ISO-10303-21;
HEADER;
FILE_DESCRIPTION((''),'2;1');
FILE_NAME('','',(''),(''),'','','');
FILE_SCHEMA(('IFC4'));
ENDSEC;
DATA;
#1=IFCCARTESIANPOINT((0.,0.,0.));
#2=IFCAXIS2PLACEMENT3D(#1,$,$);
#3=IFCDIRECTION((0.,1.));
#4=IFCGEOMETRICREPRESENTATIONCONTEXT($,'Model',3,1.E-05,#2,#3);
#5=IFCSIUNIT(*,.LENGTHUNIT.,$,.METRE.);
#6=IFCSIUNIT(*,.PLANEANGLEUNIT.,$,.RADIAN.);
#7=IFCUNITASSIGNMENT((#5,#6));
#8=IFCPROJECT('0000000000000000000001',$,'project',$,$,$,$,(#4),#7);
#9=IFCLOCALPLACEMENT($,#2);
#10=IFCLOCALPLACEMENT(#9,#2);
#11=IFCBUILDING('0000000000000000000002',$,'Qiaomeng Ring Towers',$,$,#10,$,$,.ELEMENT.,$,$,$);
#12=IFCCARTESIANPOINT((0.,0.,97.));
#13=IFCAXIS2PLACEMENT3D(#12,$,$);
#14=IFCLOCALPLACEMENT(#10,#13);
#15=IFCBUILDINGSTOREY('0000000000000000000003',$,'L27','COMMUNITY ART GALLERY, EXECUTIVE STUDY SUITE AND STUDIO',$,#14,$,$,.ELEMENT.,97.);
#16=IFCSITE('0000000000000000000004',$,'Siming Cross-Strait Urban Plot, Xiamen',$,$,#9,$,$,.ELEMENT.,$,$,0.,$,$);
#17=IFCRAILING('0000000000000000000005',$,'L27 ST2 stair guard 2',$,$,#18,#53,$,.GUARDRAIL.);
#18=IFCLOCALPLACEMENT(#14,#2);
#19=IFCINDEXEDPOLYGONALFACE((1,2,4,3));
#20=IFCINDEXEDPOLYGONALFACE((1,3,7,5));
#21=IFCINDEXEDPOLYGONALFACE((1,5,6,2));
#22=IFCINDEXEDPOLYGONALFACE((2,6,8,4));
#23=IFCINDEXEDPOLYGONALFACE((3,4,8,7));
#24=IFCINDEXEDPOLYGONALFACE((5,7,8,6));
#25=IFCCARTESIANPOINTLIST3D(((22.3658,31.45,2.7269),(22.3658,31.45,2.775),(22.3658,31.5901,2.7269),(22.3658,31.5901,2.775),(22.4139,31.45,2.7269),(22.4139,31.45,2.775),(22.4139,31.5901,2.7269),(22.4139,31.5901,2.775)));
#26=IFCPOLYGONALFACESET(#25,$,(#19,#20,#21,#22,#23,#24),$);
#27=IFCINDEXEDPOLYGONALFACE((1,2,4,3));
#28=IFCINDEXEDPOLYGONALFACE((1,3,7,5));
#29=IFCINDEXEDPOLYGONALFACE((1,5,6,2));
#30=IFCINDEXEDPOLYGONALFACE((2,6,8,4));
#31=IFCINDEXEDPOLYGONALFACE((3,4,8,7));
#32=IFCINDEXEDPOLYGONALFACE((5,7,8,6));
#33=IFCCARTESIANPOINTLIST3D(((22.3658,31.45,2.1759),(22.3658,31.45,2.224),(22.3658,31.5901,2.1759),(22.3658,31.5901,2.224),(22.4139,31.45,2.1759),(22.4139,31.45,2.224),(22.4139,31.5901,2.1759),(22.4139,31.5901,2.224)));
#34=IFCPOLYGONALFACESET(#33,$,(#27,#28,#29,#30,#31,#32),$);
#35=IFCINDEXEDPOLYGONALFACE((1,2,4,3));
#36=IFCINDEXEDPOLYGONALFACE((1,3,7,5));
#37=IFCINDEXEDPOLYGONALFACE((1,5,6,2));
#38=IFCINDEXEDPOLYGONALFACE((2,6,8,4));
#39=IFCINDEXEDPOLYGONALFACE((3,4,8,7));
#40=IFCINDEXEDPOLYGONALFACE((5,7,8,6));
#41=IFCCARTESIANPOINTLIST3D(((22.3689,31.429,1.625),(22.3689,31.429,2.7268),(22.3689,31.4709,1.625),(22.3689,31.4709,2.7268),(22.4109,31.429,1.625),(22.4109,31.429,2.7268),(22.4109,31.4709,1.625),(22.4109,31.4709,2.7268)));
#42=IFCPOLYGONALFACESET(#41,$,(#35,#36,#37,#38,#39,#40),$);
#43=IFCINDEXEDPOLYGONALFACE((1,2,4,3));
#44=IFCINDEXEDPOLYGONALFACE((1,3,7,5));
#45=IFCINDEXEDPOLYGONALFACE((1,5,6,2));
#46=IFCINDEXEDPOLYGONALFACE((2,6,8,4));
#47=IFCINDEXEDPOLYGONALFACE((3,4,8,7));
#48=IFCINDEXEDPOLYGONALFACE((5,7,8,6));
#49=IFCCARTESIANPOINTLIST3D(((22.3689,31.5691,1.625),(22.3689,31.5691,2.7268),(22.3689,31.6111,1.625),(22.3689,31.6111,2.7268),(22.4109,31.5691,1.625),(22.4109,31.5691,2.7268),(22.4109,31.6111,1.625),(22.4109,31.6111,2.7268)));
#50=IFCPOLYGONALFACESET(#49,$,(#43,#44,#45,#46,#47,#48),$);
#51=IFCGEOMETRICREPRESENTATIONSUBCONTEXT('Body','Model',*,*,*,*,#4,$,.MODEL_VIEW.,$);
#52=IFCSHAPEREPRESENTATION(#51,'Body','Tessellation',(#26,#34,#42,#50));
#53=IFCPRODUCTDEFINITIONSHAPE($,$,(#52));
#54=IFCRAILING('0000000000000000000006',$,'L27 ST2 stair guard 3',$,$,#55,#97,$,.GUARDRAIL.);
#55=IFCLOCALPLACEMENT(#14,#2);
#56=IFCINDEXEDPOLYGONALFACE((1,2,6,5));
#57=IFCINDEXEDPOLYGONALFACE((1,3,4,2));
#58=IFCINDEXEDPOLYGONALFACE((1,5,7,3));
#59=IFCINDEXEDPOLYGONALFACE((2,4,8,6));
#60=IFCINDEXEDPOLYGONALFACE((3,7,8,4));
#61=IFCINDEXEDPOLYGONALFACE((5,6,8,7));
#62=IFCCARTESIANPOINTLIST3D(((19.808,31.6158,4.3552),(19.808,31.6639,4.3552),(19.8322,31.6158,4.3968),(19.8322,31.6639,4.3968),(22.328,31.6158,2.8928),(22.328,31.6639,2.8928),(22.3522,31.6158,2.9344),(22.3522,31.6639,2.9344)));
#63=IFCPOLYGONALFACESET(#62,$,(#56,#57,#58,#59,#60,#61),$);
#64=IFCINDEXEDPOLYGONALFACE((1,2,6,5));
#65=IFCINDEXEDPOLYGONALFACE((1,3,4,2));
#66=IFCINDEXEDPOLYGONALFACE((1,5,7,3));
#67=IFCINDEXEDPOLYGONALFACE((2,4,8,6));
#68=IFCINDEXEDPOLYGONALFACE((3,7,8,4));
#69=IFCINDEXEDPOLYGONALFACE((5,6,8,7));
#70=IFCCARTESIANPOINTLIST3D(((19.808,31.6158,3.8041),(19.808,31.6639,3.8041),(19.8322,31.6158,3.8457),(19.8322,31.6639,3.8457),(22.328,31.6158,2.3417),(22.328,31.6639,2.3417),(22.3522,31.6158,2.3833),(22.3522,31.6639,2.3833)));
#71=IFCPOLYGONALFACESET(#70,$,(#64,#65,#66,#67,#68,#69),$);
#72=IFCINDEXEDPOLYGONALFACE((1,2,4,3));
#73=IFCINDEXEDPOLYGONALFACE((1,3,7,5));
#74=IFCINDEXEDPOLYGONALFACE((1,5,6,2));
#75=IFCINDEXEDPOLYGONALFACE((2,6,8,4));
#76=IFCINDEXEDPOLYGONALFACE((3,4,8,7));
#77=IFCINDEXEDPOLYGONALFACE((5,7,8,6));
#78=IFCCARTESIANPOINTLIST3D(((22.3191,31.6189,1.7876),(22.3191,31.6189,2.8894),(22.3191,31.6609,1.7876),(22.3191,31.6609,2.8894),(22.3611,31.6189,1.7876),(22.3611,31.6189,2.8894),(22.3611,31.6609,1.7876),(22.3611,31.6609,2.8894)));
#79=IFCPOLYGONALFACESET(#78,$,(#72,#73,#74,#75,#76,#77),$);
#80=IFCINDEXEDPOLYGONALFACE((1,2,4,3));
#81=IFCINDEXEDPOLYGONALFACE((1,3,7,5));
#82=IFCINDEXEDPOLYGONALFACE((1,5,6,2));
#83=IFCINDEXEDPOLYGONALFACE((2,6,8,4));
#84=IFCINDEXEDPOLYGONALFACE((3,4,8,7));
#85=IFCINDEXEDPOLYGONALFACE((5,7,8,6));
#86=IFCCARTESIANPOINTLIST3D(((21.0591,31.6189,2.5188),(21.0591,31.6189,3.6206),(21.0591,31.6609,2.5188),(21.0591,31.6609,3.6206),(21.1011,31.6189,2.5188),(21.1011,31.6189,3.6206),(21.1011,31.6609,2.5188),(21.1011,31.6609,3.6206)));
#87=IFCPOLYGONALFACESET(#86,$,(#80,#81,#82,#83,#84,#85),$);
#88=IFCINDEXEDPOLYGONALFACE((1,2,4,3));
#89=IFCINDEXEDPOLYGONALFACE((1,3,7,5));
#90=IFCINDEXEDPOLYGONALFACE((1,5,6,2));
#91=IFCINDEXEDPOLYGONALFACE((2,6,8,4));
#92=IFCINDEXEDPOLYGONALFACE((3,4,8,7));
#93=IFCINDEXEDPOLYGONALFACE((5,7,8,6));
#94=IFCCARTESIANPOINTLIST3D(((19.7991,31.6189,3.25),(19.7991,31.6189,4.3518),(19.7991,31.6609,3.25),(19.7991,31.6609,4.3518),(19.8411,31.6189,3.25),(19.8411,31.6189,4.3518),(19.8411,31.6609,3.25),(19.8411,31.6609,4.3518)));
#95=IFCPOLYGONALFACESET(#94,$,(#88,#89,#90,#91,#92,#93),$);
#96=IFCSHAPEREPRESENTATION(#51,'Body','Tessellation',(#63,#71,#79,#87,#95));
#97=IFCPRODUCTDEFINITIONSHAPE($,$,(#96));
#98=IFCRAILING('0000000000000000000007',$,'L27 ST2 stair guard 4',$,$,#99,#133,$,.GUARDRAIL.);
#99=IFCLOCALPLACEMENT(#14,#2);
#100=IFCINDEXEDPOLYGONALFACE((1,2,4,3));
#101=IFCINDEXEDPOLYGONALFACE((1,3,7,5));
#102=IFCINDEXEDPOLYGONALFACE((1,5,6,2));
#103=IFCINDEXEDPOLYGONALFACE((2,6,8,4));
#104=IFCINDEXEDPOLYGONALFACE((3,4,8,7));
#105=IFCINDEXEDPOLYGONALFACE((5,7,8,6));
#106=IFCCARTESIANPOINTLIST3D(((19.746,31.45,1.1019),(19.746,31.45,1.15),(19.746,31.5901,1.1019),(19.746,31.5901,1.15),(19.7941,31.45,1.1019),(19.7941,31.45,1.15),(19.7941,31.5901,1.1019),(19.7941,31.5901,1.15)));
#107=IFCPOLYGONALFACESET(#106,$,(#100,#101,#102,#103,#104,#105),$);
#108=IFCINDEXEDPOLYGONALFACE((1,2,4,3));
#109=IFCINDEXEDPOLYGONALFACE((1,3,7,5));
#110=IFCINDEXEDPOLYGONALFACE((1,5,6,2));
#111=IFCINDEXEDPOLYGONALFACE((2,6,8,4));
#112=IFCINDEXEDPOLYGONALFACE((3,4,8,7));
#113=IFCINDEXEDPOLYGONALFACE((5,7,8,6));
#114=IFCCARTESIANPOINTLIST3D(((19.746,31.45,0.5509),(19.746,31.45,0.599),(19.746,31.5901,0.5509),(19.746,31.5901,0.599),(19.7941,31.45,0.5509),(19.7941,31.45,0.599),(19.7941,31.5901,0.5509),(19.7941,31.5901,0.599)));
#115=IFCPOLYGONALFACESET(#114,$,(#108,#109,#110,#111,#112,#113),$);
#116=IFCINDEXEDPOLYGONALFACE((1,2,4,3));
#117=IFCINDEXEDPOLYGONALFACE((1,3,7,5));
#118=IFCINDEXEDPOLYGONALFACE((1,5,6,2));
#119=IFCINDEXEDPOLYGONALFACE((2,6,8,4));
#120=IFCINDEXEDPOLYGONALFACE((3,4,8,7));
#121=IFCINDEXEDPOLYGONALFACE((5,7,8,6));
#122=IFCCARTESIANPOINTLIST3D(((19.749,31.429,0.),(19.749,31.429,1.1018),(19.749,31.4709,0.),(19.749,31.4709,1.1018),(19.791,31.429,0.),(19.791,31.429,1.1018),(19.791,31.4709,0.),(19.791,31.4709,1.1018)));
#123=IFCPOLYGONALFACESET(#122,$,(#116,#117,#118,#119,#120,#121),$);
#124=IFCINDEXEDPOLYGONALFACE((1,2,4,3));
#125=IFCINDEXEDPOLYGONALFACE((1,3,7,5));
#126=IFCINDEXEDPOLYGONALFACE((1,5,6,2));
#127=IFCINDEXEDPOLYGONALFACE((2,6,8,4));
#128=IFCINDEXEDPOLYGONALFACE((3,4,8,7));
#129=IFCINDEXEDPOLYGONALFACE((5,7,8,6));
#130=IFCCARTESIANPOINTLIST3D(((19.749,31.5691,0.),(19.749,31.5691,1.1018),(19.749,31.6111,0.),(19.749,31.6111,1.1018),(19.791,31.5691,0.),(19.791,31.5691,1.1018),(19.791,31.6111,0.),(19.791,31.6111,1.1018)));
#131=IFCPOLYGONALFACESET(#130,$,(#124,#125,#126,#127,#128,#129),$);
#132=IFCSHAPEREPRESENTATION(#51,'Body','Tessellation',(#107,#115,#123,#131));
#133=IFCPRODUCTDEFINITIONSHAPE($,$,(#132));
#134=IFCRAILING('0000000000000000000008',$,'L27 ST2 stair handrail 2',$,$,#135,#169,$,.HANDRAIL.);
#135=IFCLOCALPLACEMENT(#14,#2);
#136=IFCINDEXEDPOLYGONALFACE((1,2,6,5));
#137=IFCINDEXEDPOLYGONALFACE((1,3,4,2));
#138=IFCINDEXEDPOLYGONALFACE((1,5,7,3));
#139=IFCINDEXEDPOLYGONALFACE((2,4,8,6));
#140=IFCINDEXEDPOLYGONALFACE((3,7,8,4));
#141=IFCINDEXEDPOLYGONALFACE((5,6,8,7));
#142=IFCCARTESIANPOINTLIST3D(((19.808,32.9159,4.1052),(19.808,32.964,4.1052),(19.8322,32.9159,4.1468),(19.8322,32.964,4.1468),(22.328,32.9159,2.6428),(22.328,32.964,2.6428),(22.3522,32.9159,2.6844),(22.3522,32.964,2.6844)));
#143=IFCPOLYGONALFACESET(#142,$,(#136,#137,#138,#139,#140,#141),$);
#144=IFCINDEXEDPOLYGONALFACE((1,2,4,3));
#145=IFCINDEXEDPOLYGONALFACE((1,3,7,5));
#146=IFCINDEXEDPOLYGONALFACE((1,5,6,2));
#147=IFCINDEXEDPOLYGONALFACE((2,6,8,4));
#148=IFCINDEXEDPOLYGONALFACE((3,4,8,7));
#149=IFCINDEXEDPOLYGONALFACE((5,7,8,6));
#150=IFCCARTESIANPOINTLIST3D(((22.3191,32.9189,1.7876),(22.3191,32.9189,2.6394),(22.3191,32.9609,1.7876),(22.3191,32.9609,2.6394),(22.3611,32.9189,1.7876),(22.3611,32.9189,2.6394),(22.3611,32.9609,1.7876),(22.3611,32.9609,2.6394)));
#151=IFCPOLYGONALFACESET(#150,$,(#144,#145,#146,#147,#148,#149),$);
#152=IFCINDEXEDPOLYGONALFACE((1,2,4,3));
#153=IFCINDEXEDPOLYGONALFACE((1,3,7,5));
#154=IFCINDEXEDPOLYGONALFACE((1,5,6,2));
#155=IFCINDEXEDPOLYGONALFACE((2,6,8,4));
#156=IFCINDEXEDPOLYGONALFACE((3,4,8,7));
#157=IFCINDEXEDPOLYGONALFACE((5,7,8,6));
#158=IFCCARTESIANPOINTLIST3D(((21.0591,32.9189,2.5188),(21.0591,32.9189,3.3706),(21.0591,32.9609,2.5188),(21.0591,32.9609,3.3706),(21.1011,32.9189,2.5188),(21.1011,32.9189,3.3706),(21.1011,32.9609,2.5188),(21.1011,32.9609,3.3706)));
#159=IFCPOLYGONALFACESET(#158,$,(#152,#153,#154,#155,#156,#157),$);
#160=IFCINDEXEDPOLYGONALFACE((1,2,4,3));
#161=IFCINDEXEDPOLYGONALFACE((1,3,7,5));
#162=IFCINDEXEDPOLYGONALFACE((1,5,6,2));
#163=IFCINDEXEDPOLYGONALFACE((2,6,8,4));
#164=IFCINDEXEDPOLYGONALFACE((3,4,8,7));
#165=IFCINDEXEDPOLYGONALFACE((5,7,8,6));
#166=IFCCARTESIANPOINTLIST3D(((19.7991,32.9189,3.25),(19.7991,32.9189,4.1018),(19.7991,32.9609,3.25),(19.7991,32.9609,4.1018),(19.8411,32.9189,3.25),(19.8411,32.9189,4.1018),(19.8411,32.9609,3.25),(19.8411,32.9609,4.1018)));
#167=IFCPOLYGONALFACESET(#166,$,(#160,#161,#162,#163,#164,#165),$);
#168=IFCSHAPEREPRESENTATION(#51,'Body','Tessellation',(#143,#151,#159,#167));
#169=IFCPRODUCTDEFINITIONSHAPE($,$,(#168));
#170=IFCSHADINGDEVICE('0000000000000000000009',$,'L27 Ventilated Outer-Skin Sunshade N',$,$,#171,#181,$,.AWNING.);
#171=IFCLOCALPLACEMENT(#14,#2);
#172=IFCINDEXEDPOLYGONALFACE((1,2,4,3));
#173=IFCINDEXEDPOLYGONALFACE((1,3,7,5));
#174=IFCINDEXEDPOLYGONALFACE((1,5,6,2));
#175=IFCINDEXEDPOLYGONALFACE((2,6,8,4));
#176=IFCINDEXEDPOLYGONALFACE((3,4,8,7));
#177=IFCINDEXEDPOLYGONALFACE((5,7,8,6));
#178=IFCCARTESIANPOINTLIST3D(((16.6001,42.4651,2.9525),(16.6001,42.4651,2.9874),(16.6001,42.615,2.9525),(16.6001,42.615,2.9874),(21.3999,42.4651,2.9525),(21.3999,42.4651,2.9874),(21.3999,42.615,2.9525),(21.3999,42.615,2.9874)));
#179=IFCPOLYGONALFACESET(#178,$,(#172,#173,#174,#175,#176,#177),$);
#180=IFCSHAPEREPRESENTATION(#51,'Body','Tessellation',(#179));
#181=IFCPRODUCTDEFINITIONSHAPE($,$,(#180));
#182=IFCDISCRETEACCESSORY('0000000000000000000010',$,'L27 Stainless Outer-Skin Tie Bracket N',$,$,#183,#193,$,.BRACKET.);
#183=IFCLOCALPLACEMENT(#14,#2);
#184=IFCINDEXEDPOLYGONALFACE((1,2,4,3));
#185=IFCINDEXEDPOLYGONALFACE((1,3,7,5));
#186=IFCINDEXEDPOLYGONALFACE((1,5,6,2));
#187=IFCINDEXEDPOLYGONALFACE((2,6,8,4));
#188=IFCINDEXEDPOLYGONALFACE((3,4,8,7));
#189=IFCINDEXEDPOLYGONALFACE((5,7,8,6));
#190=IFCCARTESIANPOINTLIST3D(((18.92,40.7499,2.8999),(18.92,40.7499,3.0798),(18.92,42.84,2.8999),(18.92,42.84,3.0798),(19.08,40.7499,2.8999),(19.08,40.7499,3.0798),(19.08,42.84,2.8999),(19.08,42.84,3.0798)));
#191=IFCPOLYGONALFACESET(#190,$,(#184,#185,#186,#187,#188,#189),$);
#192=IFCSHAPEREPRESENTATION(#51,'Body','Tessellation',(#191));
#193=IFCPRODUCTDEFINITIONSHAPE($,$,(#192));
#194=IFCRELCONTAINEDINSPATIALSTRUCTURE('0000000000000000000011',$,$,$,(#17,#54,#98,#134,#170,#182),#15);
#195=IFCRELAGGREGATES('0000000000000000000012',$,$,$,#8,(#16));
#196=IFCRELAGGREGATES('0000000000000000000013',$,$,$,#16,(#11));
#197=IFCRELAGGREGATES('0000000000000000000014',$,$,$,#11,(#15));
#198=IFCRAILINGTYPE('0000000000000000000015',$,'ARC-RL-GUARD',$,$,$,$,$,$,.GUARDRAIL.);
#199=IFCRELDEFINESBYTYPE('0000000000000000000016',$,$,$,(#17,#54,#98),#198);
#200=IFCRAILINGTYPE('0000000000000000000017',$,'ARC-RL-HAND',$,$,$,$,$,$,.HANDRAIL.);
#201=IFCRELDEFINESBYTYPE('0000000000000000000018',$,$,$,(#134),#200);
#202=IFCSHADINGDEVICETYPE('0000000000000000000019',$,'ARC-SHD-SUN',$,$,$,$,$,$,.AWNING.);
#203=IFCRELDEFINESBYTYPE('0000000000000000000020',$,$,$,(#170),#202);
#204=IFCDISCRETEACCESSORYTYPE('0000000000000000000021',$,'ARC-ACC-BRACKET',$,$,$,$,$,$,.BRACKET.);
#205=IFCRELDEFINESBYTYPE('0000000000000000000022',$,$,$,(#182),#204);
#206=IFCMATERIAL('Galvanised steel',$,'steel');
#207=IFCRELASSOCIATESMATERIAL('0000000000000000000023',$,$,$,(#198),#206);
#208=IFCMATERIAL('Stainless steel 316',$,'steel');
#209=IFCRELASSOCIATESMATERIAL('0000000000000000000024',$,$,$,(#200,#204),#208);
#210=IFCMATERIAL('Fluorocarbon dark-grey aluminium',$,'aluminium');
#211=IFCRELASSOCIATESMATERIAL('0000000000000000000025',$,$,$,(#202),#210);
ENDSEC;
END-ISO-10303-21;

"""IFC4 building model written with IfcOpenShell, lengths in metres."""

from ifc_helpers import new_model, si_unit, direction, frame, origin, origin_2d, place, context, subcontext, project, spatial, rectangle, extrude, source, transform, mapped, material, material_profile, profile_set, type_object, element, save


model = new_model("IFC4")

# Units and contexts
model_context = context("Model", 3, precision=1e-05, world=origin(), true_north=direction((0.0, 1.0)))
body_context = subcontext(model_context, "Body", "Model", "MODEL_VIEW")
ifc_project = project(units=[si_unit("LENGTHUNIT", "METRE"), si_unit("PLANEANGLEUNIT", "RADIAN")], contexts=[model_context])

# Site, building, storey
site_placement = place(None, origin())
site = spatial("IfcSite", under=ifc_project, at=site_placement, Name="Siming Cross-Strait Urban Plot, Xiamen", CompositionType="ELEMENT", RefElevation=0.0)
building_placement = place(site_placement, origin())
building = spatial("IfcBuilding", under=site, at=building_placement, Name="Qiaomeng Ring Towers", CompositionType="ELEMENT")
storey_placement = place(building_placement, frame((0.0, 0.0, 97.0)))
storey = spatial("IfcBuildingStorey", under=building, at=storey_placement, Name="L27", Description="COMMUNITY ART GALLERY, EXECUTIVE STUDY SUITE AND STUDIO", CompositionType="ELEMENT", Elevation=97.0)

# Shared definitions
ifc_material_1 = material(Name="Galvanised steel", Category="steel")

# Railings
railing_type_1 = type_object("IfcRailingType", Name="ARC-RL-GUARD", PredefinedType="GUARDRAIL", material=ifc_material_1)
railing_1_placement = place(storey_placement, frame((22.3899, 31.45, 1.625)))
element("IfcRailing", 1, at=railing_1_placement, inside=storey, type_object=railing_type_1, Name="L27 ST2 stair guard 2", PredefinedType="GUARDRAIL", context=body_context, shape_type="SweptSolid", body=[
    extrude(rectangle(XDim=0.0481, YDim=0.0481, at=origin_2d()), frame((0.0, 0.0, 1.126), z_axis=(0.0, 1.0, 0.0), x_axis=(-1.0, 0.0, 0.0)), (0.0, 0.0, 1.0), 0.1401),
    extrude(rectangle(XDim=0.0481, YDim=0.0481, at=origin_2d()), frame((0.0, 0.0, 0.575), z_axis=(0.0, 1.0, 0.0), x_axis=(-1.0, 0.0, 0.0)), (0.0, 0.0, 1.0), 0.1401),
    extrude(rectangle(XDim=0.042, YDim=0.042, at=origin_2d()), origin(), (0.0, 0.0, 1.0), 1.1018),
    extrude(rectangle(XDim=0.042, YDim=0.042, at=origin_2d()), frame((0.0, 0.1401, 0.0)), (0.0, 0.0, 1.0), 1.1018),
])
railing_2_placement = place(storey_placement, frame((22.3401, 31.6399, 1.7876)))
element("IfcRailing", 2, at=railing_2_placement, inside=storey, type_object=railing_type_1, Name="L27 ST2 stair guard 3", PredefinedType="GUARDRAIL", context=body_context, shape_type="SweptSolid", body=[
    extrude(rectangle(XDim=0.0481, YDim=0.0481, at=origin_2d()), frame((0.0, 0.0, 1.126), z_axis=(-0.864913, 0.0, 0.501921), x_axis=(0.0, -1.0, 0.0)), (0.0, 0.0, 1.0), 2.9136),
    extrude(rectangle(XDim=0.0481, YDim=0.0481, at=origin_2d()), frame((0.0, 0.0, 0.575), z_axis=(-0.864913, 0.0, 0.501921), x_axis=(0.0, -1.0, 0.0)), (0.0, 0.0, 1.0), 2.9136),
    extrude(rectangle(XDim=0.042, YDim=0.042, at=origin_2d()), origin(), (0.0, 0.0, 1.0), 1.1018),
    extrude(rectangle(XDim=0.042, YDim=0.042, at=origin_2d()), frame((-1.26, 0.0, 0.7312)), (0.0, 0.0, 1.0), 1.1018),
    extrude(rectangle(XDim=0.042, YDim=0.042, at=origin_2d()), frame((-2.52, 0.0, 1.4624)), (0.0, 0.0, 1.0), 1.1018),
])
railing_3_placement = place(storey_placement, frame((19.77, 31.45, 0.0)))
element("IfcRailing", 3, at=railing_3_placement, inside=storey, type_object=railing_type_1, Name="L27 ST2 stair guard 4", PredefinedType="GUARDRAIL", context=body_context, shape_type="SweptSolid", body=[
    extrude(rectangle(XDim=0.0481, YDim=0.0481, at=origin_2d()), frame((0.0, 0.0, 1.126), z_axis=(0.0, 1.0, 0.0), x_axis=(-1.0, 0.0, 0.0)), (0.0, 0.0, 1.0), 0.1401),
    extrude(rectangle(XDim=0.0481, YDim=0.0481, at=origin_2d()), frame((0.0, 0.0, 0.575), z_axis=(0.0, 1.0, 0.0), x_axis=(-1.0, 0.0, 0.0)), (0.0, 0.0, 1.0), 0.1401),
    extrude(rectangle(XDim=0.042, YDim=0.042, at=origin_2d()), origin(), (0.0, 0.0, 1.0), 1.1018),
    extrude(rectangle(XDim=0.042, YDim=0.042, at=origin_2d()), frame((0.0, 0.1401, 0.0)), (0.0, 0.0, 1.0), 1.1018),
])
ifc_material_2 = material(Name="Stainless steel 316", Category="steel")
railing_type_2 = type_object("IfcRailingType", Name="ARC-RL-HAND", PredefinedType="HANDRAIL", material=ifc_material_2)
railing_4_placement = place(storey_placement, frame((22.3401, 32.9399, 1.7876)))
element("IfcRailing", 4, at=railing_4_placement, inside=storey, type_object=railing_type_2, Name="L27 ST2 stair handrail 2", PredefinedType="HANDRAIL", context=body_context, shape_type="SweptSolid", body=[
    extrude(rectangle(XDim=0.0481, YDim=0.0481, at=origin_2d()), frame((0.0, 0.0, 0.876), z_axis=(-0.864913, 0.0, 0.501921), x_axis=(0.0, -1.0, 0.0)), (0.0, 0.0, 1.0), 2.9136),
    extrude(rectangle(XDim=0.042, YDim=0.042, at=origin_2d()), origin(), (0.0, 0.0, 1.0), 0.8518),
    extrude(rectangle(XDim=0.042, YDim=0.042, at=origin_2d()), frame((-1.26, 0.0, 0.7312)), (0.0, 0.0, 1.0), 0.8518),
    extrude(rectangle(XDim=0.042, YDim=0.042, at=origin_2d()), frame((-2.52, 0.0, 1.4624)), (0.0, 0.0, 1.0), 0.8518),
])

# Shading device
ifc_material_3 = material(Name="Fluorocarbon dark-grey aluminium", Category="aluminium")
ifc_material_profile_1 = material_profile(ifc_material_3, rectangle(XDim=0.1499, YDim=0.0349, at=origin_2d()), Name="LV BLADE 150x35")
ifc_profile_set_1 = profile_set([ifc_material_profile_1], Name="Fluorocarbon dark-grey aluminium")
shading_device_type = type_object("IfcShadingDeviceType", Name="ARC-SHD-SUN", PredefinedType="AWNING", material=ifc_profile_set_1)
shared_shape_1 = source(origin(), body_context, "Body", "SweptSolid", [
    extrude(rectangle(XDim=0.1499, YDim=0.0349, at=origin_2d()), origin(), (0.0, 0.0, 1.0), 4.7998),
])
shading_device_placement = place(storey_placement, frame((16.6001, 42.54, 2.97), z_axis=(1.0, 0.0, 0.0), x_axis=(0.0, 1.0, 0.0)))
element("IfcShadingDevice", 5, at=shading_device_placement, inside=storey, type_object=shading_device_type, Name="L27 Ventilated Outer-Skin Sunshade N", PredefinedType="AWNING", context=body_context, shape_type="MappedRepresentation", body=[
    mapped(shared_shape_1, transform((0.0, 0.0, 0.0), x_axis=(1.0, 0.0, 0.0), y_axis=(0.0, 1.0, 0.0), z_axis=(0.0, 0.0, 1.0), scale=1.0)),
])

# Discrete accessory
discrete_accessory_type = type_object("IfcDiscreteAccessoryType", Name="ARC-ACC-BRACKET", PredefinedType="BRACKET", material=ifc_material_2)
shared_shape_2 = source(origin(), body_context, "Body", "SweptSolid", [
    extrude(rectangle(XDim=0.1599, YDim=2.0901, at=origin_2d()), origin(), (0.0, 0.0, 1.0), 0.1799),
])
discrete_accessory_placement = place(storey_placement, frame((19.0, 41.7949, 2.8999), z_axis=(0.0, 0.0, 1.0), x_axis=(1.0, 0.0, 0.0)))
element("IfcDiscreteAccessory", 6, at=discrete_accessory_placement, inside=storey, type_object=discrete_accessory_type, Name="L27 Stainless Outer-Skin Tie Bracket N", PredefinedType="BRACKET", context=body_context, shape_type="MappedRepresentation", body=[
    mapped(shared_shape_2, transform((0.0, 0.0, 0.0), x_axis=(1.0, 0.0, 0.0), y_axis=(0.0, 1.0, 0.0), z_axis=(0.0, 0.0, 1.0), scale=1.0)),
])

save(model, "model.ifc")
